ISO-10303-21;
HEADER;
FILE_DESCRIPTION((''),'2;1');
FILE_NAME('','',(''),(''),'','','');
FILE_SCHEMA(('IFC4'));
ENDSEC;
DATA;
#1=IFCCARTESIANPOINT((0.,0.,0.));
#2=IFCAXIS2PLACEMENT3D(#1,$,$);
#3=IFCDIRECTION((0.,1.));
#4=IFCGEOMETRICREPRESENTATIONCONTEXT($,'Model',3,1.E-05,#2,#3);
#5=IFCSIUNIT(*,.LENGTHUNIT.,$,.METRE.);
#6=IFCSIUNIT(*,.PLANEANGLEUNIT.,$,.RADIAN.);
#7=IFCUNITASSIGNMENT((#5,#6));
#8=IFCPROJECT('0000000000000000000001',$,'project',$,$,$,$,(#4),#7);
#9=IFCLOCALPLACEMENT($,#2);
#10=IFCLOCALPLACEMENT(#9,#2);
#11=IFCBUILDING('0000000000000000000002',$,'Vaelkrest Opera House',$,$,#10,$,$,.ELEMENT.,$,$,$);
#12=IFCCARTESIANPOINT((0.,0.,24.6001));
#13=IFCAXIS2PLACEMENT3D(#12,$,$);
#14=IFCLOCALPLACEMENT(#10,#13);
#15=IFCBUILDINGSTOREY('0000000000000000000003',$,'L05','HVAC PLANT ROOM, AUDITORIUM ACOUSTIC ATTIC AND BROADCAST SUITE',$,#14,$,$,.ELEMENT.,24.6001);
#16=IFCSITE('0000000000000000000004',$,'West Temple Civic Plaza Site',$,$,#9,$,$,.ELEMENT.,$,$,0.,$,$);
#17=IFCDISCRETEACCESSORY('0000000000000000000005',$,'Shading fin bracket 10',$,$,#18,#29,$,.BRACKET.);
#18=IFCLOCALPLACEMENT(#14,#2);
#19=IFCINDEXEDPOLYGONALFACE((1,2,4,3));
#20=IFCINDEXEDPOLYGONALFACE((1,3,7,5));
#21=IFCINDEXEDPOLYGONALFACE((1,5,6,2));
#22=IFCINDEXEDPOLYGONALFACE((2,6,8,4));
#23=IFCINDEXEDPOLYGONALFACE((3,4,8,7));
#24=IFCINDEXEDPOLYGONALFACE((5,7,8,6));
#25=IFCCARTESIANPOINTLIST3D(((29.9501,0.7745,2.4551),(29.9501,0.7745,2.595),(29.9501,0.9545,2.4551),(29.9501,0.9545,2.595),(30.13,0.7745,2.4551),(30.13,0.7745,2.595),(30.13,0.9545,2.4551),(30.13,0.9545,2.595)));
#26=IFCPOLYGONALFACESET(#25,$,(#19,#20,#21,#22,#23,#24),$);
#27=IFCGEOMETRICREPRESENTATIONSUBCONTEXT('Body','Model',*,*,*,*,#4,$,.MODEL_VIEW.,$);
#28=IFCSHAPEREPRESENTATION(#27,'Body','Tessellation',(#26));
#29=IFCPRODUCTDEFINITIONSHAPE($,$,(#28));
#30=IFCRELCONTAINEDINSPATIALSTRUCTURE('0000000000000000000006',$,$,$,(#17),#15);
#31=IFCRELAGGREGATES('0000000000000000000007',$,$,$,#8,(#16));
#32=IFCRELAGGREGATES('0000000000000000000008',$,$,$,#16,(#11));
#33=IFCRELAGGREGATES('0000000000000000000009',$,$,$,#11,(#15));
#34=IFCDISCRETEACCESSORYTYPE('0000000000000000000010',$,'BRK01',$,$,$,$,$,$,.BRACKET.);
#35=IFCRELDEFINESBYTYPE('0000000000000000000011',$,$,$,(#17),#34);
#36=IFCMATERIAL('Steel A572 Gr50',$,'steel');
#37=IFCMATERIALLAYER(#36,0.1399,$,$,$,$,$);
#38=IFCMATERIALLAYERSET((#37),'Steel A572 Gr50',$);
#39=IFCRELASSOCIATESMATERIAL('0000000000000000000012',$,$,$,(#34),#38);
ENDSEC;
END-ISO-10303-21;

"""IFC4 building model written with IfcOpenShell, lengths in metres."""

from ifc_helpers import new_model, si_unit, direction, frame, origin, origin_2d, place, context, subcontext, project, spatial, rectangle, extrude, material, layer, layer_set, type_object, element, save


model = new_model("IFC4")

# Units and contexts
model_context = context("Model", 3, precision=1e-05, world=origin(), true_north=direction((0.0, 1.0)))
body_context = subcontext(model_context, "Body", "Model", "MODEL_VIEW")
ifc_project = project(units=[si_unit("LENGTHUNIT", "METRE"), si_unit("PLANEANGLEUNIT", "RADIAN")], contexts=[model_context])

# Site, building, storey
site_placement = place(None, origin())
site = spatial("IfcSite", under=ifc_project, at=site_placement, Name="West Temple Civic Plaza Site", CompositionType="ELEMENT", RefElevation=0.0)
building_placement = place(site_placement, origin())
building = spatial("IfcBuilding", under=site, at=building_placement, Name="Vaelkrest Opera House", CompositionType="ELEMENT")
storey_placement = place(building_placement, frame((0.0, 0.0, 24.6001)))
storey = spatial("IfcBuildingStorey", under=building, at=storey_placement, Name="L05", Description="HVAC PLANT ROOM, AUDITORIUM ACOUSTIC ATTIC AND BROADCAST SUITE", CompositionType="ELEMENT", Elevation=24.6001)

# Discrete accessory
ifc_material_1 = material(Name="Steel A572 Gr50", Category="steel")
ifc_layer_1 = layer(ifc_material_1, 0.1399)
ifc_layer_set_1 = layer_set([ifc_layer_1], Name="Steel A572 Gr50")
discrete_accessory_type = type_object("IfcDiscreteAccessoryType", Name="BRK01", PredefinedType="BRACKET", material=ifc_layer_set_1)
discrete_accessory_placement = place(storey_placement, frame((30.04, 0.8645, 2.4551), z_axis=(0.0, 0.0, 1.0), x_axis=(1.0, 0.0, 0.0)))
element("IfcDiscreteAccessory", 1, at=discrete_accessory_placement, inside=storey, type_object=discrete_accessory_type, Name="Shading fin bracket 10", PredefinedType="BRACKET", context=body_context, shape_type="SweptSolid", body=[
    extrude(rectangle(XDim=0.1799, YDim=0.1799, at=origin_2d()), origin(), (0.0, 0.0, 1.0), 0.1399),
])

save(model, "model.ifc")
